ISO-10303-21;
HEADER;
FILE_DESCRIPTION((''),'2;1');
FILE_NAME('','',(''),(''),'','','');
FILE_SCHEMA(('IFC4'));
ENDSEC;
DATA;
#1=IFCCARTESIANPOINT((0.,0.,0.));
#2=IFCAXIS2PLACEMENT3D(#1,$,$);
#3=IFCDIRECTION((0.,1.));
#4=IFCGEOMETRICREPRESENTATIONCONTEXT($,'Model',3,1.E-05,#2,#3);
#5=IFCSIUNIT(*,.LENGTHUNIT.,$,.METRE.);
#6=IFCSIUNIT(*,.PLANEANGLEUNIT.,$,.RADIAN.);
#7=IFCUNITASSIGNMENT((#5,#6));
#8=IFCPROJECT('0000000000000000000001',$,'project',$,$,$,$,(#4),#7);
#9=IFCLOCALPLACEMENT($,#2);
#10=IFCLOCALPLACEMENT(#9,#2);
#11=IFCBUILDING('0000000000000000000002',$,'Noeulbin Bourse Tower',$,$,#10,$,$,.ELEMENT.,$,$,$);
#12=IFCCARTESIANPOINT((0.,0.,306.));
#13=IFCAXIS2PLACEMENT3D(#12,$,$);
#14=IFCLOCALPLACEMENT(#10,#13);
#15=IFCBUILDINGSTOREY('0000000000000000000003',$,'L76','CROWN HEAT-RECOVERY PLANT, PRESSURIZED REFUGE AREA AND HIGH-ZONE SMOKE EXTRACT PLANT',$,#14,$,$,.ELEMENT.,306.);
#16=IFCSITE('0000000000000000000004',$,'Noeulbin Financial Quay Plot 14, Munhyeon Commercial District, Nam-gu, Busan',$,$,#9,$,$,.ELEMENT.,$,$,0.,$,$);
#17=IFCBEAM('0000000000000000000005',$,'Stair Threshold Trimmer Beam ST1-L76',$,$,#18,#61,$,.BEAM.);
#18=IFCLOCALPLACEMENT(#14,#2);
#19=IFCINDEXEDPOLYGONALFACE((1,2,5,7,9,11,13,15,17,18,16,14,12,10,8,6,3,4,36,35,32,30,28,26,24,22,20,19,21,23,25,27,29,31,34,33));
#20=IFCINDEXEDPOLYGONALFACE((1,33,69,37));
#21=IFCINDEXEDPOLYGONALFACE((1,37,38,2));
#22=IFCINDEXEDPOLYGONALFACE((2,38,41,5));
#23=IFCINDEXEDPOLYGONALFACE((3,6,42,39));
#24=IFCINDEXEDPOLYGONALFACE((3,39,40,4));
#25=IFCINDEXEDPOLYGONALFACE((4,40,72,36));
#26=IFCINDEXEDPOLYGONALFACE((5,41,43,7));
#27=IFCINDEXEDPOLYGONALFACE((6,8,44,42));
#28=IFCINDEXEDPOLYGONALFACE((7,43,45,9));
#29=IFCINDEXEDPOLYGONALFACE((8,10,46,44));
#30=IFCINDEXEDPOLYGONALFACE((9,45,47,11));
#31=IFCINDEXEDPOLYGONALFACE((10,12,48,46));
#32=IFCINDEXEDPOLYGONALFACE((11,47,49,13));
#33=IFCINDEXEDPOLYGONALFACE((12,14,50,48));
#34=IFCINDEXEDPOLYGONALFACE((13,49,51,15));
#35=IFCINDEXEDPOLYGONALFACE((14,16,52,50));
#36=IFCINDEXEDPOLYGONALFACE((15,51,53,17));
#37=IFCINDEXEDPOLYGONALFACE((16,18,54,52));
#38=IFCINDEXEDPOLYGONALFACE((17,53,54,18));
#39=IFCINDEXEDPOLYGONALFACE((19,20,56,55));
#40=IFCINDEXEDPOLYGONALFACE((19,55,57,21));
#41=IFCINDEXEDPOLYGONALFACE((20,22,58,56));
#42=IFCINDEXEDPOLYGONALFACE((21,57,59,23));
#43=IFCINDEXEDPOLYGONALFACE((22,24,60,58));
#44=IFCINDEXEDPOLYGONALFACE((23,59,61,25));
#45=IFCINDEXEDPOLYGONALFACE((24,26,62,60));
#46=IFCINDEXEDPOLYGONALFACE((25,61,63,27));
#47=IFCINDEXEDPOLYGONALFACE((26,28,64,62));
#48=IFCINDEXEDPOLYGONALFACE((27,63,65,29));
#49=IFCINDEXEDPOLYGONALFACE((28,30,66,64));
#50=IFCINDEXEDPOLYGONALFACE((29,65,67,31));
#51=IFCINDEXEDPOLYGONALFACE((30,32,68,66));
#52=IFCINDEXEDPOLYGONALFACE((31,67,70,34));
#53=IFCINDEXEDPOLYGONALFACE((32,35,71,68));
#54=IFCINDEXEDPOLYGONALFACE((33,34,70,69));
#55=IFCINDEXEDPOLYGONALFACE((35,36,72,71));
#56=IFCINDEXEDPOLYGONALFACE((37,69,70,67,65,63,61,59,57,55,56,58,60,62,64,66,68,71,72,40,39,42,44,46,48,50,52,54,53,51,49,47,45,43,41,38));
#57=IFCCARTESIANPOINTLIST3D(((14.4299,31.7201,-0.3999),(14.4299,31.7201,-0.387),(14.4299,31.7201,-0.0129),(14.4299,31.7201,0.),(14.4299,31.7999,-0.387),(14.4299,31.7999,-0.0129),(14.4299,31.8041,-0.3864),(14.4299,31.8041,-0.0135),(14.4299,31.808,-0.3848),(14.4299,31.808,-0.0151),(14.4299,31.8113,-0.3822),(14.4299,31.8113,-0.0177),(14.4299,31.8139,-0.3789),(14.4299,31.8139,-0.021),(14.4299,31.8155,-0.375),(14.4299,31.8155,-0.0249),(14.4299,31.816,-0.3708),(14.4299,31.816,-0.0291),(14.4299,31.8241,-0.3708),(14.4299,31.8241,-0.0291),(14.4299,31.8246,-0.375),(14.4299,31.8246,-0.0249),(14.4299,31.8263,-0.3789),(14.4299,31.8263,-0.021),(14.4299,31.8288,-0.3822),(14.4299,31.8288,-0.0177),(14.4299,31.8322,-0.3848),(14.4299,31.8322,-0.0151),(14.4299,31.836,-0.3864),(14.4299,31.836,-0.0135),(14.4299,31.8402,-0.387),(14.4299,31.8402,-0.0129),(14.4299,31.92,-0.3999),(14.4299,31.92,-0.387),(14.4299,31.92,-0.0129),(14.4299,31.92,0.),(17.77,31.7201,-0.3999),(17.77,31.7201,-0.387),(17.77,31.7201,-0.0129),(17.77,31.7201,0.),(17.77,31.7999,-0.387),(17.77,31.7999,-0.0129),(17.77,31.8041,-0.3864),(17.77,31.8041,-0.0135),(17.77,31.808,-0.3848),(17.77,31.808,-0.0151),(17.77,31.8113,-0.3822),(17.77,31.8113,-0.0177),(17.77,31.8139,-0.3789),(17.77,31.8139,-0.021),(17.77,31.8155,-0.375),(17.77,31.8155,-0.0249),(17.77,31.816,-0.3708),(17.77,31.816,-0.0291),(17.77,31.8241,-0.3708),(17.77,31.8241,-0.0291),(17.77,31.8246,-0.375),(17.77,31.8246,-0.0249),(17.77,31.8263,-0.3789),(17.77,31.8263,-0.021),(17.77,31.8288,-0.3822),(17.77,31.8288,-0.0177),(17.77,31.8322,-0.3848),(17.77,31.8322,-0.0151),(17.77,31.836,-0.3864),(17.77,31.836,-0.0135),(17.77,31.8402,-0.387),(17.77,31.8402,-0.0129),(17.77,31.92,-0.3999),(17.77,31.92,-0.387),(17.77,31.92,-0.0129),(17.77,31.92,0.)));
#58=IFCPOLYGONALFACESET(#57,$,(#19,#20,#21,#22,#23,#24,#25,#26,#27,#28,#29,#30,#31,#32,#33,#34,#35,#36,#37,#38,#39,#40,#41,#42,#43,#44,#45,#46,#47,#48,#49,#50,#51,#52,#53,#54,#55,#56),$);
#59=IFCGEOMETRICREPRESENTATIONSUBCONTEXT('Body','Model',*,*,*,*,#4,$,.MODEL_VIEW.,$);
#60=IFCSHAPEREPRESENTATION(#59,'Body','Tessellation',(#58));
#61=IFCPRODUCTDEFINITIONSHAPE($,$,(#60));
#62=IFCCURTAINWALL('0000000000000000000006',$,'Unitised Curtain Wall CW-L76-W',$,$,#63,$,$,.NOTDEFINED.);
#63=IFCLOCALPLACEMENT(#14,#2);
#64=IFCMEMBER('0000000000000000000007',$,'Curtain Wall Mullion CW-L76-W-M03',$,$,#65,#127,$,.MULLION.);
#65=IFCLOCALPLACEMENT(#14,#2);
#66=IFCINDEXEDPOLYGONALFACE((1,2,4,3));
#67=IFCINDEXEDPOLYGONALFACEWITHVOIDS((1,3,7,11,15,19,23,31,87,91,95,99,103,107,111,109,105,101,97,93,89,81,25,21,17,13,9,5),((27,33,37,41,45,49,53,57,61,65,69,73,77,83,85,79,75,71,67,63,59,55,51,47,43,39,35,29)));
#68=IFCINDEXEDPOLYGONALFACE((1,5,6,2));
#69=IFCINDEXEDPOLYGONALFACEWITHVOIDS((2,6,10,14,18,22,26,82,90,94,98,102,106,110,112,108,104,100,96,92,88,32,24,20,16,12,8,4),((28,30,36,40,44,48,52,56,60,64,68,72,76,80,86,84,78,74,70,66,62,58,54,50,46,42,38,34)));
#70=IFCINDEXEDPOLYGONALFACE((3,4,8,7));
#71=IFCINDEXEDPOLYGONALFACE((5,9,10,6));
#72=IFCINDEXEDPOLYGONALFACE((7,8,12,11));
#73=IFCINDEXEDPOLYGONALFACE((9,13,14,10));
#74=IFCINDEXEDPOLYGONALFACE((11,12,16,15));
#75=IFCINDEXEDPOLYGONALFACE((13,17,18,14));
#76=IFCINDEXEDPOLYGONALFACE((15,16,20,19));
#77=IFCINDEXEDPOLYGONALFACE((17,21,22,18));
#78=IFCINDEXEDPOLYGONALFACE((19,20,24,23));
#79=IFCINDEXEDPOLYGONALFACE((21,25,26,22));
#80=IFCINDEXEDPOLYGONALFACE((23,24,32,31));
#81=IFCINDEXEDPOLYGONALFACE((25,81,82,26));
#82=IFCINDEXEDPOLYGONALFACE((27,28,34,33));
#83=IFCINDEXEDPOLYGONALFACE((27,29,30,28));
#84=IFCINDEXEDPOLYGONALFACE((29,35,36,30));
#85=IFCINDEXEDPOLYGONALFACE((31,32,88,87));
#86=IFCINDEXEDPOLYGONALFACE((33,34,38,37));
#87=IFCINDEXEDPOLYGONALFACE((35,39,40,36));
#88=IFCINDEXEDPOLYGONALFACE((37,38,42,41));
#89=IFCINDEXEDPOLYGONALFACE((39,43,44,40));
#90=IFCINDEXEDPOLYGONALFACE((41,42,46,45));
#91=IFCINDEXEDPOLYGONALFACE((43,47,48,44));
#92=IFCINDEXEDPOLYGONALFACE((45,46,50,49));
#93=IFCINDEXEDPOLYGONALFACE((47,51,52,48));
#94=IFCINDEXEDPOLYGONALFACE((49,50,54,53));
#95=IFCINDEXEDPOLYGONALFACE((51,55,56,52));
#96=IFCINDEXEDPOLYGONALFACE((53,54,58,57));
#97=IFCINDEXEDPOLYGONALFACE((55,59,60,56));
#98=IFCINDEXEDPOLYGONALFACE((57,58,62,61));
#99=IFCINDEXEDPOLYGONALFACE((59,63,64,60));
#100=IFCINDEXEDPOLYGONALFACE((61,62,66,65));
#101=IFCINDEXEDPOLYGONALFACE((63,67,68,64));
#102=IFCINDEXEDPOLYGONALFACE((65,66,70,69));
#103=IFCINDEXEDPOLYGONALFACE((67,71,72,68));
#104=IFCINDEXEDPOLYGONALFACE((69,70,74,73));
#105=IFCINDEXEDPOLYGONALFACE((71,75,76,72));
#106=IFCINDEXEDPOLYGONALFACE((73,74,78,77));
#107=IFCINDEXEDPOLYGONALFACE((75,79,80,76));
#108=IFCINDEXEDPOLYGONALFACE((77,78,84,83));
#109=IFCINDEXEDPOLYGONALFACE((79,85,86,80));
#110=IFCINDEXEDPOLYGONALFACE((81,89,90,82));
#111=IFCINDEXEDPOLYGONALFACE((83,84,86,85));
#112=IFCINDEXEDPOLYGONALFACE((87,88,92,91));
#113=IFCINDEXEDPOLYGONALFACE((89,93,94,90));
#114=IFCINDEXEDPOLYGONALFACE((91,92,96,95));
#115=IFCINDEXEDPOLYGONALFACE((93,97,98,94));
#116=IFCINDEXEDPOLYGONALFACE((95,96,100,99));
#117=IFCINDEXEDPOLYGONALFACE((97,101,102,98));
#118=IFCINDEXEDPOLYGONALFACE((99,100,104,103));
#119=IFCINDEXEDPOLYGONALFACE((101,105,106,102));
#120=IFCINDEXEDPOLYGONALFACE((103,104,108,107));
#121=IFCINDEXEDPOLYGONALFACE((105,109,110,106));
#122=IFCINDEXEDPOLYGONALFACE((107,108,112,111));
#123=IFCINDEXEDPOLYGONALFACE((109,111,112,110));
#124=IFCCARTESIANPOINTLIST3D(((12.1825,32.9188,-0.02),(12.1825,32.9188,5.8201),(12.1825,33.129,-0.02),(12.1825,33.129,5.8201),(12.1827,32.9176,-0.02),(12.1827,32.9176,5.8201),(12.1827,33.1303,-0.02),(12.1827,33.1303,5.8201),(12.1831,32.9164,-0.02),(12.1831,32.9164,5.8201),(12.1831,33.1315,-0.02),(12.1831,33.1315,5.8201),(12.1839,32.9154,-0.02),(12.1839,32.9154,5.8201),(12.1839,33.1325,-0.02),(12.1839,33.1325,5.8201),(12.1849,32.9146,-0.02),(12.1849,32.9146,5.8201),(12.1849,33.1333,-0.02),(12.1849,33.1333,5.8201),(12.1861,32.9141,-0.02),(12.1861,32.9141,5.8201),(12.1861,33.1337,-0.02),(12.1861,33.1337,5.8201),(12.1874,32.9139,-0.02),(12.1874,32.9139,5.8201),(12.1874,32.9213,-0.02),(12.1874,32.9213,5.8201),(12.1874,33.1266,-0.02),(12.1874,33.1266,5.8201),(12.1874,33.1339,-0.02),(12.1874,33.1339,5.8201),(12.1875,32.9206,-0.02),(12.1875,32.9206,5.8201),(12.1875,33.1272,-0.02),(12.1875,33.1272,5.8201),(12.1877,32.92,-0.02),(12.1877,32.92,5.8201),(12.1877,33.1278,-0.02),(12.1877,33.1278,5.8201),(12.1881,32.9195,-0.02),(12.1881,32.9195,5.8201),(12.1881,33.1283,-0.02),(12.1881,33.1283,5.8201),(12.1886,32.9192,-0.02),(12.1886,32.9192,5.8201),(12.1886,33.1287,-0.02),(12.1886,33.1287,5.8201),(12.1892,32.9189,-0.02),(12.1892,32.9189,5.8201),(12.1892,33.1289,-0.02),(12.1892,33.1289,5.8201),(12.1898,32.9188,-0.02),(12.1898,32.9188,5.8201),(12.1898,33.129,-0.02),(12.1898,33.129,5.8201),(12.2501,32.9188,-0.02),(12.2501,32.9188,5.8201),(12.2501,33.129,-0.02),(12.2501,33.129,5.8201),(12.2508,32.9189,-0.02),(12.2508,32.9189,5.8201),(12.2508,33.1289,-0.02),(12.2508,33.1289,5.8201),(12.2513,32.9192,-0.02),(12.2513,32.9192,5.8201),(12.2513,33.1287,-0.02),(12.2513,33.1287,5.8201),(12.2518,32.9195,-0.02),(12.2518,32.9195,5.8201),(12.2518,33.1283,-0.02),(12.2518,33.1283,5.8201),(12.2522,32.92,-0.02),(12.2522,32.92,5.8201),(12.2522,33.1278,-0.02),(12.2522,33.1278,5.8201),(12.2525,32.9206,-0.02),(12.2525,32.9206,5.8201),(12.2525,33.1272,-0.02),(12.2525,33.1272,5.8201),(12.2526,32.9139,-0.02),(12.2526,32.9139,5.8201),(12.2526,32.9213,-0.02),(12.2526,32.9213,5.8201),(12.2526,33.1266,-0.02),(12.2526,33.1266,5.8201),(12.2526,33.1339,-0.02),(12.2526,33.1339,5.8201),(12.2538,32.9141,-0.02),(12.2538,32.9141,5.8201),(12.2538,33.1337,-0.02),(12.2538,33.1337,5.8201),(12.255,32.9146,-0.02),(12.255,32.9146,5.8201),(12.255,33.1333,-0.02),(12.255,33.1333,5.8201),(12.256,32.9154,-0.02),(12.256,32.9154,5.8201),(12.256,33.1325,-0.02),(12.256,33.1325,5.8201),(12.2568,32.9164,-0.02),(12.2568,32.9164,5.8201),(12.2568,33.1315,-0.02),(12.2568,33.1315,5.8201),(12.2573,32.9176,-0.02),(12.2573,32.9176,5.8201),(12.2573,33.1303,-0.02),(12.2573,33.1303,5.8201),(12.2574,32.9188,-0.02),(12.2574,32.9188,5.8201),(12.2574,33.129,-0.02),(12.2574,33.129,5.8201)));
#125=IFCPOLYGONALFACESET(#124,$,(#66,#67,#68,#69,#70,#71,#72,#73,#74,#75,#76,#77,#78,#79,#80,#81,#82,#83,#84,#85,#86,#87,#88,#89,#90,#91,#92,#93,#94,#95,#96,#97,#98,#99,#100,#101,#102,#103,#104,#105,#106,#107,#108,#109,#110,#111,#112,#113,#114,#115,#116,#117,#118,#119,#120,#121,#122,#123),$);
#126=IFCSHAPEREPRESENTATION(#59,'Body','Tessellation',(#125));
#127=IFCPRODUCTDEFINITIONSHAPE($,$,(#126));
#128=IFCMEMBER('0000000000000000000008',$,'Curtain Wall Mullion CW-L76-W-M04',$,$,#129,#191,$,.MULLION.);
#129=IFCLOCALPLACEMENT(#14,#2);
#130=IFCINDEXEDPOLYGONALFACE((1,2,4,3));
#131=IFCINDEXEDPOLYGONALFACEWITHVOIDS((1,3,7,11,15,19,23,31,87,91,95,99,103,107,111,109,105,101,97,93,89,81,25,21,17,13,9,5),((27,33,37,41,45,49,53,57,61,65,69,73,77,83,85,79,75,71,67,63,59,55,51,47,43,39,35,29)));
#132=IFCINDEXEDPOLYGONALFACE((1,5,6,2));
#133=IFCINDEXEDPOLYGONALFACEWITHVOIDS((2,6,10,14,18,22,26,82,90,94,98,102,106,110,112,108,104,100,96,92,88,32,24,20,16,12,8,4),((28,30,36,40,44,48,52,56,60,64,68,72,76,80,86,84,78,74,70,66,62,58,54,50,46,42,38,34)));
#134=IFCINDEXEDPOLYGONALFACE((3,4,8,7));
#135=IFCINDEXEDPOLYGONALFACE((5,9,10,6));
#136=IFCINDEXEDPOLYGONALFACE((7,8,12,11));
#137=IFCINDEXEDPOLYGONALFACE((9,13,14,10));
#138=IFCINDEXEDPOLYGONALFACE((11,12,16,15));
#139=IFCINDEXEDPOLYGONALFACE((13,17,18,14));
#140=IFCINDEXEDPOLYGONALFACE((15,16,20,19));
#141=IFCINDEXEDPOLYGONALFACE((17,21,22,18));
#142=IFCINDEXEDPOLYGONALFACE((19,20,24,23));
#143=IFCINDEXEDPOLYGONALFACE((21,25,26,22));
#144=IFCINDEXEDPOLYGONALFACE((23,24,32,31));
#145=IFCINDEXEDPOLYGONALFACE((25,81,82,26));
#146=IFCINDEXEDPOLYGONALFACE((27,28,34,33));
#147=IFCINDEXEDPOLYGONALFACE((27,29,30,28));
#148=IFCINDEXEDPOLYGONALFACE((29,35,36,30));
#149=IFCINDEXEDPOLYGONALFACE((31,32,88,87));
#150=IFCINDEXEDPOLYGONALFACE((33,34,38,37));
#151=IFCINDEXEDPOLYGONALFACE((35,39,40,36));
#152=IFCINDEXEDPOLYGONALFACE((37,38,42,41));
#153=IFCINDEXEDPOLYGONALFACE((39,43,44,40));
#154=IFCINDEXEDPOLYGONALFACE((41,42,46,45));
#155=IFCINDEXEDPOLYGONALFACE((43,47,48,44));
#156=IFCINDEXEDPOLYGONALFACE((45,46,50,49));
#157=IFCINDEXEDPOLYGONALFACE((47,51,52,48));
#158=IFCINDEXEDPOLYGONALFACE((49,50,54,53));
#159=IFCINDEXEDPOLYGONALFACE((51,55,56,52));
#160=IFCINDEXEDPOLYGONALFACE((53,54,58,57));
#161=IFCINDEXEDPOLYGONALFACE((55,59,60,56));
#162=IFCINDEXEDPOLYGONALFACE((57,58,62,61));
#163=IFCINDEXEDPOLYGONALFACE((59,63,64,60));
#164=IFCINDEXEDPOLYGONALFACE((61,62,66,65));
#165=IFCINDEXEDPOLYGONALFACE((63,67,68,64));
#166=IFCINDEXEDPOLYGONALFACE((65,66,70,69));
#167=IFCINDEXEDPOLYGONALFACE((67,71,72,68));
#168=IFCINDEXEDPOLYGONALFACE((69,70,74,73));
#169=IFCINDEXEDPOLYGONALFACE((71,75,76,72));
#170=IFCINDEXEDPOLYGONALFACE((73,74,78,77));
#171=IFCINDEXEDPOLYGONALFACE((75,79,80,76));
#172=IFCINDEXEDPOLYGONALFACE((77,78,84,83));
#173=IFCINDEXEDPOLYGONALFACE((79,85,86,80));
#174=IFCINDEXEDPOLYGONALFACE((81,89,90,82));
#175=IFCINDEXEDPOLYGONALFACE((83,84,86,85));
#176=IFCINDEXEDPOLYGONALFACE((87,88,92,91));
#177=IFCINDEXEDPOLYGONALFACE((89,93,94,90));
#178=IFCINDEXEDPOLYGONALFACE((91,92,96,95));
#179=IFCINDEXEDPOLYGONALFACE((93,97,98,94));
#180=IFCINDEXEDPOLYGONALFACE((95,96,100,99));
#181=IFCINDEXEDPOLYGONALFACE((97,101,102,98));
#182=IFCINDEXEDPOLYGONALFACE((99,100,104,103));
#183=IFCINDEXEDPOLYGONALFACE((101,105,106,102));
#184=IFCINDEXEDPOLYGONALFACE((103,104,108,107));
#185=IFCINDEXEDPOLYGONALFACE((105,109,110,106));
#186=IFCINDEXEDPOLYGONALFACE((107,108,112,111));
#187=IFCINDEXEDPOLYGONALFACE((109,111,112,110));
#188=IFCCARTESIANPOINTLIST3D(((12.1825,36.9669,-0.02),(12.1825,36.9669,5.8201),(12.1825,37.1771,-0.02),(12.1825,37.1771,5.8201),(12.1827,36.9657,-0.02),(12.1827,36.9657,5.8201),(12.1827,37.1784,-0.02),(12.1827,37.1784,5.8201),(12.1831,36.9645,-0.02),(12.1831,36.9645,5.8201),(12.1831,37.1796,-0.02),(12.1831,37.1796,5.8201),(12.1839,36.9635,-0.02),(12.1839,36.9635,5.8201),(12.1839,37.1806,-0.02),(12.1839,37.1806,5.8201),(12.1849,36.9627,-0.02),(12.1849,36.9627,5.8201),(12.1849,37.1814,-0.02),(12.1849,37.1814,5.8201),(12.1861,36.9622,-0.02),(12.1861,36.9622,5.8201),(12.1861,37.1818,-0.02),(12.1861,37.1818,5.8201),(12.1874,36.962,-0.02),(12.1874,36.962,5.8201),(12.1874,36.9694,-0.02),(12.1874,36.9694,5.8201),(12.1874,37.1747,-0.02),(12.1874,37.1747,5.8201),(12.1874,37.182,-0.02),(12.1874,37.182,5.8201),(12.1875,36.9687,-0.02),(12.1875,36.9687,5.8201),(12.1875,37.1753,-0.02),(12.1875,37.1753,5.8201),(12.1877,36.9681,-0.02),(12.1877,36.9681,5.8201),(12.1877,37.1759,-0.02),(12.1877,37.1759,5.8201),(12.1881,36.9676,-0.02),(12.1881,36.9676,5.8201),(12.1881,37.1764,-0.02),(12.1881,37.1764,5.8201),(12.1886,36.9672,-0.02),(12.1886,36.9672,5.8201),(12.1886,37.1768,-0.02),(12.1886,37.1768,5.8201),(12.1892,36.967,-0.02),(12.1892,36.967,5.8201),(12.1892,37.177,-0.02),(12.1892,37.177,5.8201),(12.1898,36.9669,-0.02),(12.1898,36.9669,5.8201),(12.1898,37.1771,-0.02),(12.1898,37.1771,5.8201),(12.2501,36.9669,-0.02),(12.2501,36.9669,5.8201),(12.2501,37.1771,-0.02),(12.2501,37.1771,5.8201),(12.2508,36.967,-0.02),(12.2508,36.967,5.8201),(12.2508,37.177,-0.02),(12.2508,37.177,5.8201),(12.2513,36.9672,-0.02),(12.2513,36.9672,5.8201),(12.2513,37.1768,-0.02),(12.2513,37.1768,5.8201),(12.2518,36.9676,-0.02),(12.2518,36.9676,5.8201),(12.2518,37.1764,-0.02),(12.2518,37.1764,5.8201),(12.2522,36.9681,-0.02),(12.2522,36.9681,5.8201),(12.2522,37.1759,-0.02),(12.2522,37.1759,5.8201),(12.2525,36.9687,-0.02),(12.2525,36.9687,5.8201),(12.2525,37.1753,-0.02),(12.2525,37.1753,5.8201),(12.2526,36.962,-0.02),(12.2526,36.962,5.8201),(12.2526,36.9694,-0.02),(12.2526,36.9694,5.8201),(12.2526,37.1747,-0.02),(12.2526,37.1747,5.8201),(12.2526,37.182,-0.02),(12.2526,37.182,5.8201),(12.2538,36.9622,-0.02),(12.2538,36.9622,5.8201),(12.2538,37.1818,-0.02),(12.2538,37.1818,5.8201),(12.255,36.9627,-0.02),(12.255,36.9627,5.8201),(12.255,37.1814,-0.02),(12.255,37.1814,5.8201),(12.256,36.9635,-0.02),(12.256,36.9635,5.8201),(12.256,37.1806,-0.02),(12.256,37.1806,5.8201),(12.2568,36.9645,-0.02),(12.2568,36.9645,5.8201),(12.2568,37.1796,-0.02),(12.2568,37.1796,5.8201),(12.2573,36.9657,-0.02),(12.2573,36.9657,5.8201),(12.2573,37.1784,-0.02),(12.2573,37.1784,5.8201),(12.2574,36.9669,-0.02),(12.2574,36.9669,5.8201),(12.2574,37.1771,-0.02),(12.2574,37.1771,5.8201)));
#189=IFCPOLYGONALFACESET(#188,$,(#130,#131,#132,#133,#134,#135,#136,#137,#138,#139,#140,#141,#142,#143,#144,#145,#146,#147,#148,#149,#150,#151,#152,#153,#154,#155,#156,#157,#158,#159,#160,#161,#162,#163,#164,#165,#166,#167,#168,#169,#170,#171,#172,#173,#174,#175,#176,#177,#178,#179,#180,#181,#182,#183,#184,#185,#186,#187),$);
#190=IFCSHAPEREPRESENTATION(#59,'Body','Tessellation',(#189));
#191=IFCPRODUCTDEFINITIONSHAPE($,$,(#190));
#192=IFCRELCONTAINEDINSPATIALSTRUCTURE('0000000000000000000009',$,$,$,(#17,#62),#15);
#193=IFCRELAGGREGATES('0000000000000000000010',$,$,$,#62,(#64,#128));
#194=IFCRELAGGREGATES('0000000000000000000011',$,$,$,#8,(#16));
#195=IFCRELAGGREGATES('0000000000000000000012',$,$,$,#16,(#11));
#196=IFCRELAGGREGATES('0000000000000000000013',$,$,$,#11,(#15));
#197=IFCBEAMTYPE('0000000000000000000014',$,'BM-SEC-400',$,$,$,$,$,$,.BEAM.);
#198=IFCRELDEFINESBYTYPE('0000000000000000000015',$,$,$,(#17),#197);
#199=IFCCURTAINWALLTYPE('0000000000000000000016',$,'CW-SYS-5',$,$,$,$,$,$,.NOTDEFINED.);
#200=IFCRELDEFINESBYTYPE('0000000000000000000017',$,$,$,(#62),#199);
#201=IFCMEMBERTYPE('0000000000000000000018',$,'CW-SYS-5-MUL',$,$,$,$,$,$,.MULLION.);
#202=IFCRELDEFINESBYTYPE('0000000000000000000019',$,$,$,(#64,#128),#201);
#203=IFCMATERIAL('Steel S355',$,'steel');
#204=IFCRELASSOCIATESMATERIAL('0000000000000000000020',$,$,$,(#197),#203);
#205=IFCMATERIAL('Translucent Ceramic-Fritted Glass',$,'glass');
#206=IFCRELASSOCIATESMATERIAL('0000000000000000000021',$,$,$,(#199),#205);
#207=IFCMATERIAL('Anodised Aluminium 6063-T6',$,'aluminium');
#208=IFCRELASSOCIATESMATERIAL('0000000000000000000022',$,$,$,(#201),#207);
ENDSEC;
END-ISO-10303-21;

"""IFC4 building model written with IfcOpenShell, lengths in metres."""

from ifc_helpers import new_model, si_unit, direction, frame, origin, origin_2d, place, context, subcontext, project, spatial, hollow_rectangle, i_section, extrude, material, material_profile, profile_set, type_object, element, aggregate, save


model = new_model("IFC4")

# Units and contexts
model_context = context("Model", 3, precision=1e-05, world=origin(), true_north=direction((0.0, 1.0)))
body_context = subcontext(model_context, "Body", "Model", "MODEL_VIEW")
ifc_project = project(units=[si_unit("LENGTHUNIT", "METRE"), si_unit("PLANEANGLEUNIT", "RADIAN")], contexts=[model_context])

# Site, building, storey
site_placement = place(None, origin())
site = spatial("IfcSite", under=ifc_project, at=site_placement, Name="Noeulbin Financial Quay Plot 14, Munhyeon Commercial District, Nam-gu, Busan", CompositionType="ELEMENT", RefElevation=0.0)
building_placement = place(site_placement, origin())
building = spatial("IfcBuilding", under=site, at=building_placement, Name="Noeulbin Bourse Tower", CompositionType="ELEMENT")
storey_placement = place(building_placement, frame((0.0, 0.0, 306.0)))
storey = spatial("IfcBuildingStorey", under=building, at=storey_placement, Name="L76", Description="CROWN HEAT-RECOVERY PLANT, PRESSURIZED REFUGE AREA AND HIGH-ZONE SMOKE EXTRACT PLANT", CompositionType="ELEMENT", Elevation=306.0)

# Beam
ifc_material_1 = material(Name="Steel S355", Category="steel")
ifc_material_profile_1 = material_profile(ifc_material_1, i_section(OverallWidth=0.2, OverallDepth=0.3999, WebThickness=0.0081, FlangeThickness=0.0129, FilletRadius=0.0161, at=origin_2d()), Name="H-400x200x8x13", Category="LoadBearing")
ifc_profile_set_1 = profile_set([ifc_material_profile_1], Name="Steel S355")
beam_type = type_object("IfcBeamType", Name="BM-SEC-400", PredefinedType="BEAM", material=ifc_profile_set_1)
beam_placement = place(storey_placement, frame((14.4299, 31.8201, -0.2), z_axis=(1.0, 0.0, 0.0), x_axis=(0.0, 1.0, 0.0)))
element("IfcBeam", 1, at=beam_placement, inside=storey, type_object=beam_type, Name="Stair Threshold Trimmer Beam ST1-L76", PredefinedType="BEAM", context=body_context, shape_type="SweptSolid", body=[
    extrude(i_section(OverallWidth=0.2, OverallDepth=0.3999, WebThickness=0.0081, FlangeThickness=0.0129, FilletRadius=0.0161, at=origin_2d()), origin(), (0.0, 0.0, 1.0), 3.3401),
])

# Curtain wall, members
ifc_material_2 = material(Name="Translucent Ceramic-Fritted Glass", Category="glass")
curtain_wall_type = type_object("IfcCurtainWallType", Name="CW-SYS-5", PredefinedType="NOTDEFINED", material=ifc_material_2)
curtain_wall_placement = place(storey_placement, origin())
curtain_wall = element("IfcCurtainWall", 2, at=curtain_wall_placement, inside=storey, type_object=curtain_wall_type, Name="Unitised Curtain Wall CW-L76-W", PredefinedType="NOTDEFINED")
ifc_material_3 = material(Name="Anodised Aluminium 6063-T6", Category="aluminium")
ifc_material_profile_2 = material_profile(ifc_material_3, hollow_rectangle(XDim=0.075, YDim=0.22, WallThickness=0.0049, InnerFilletRadius=0.0024, OuterFilletRadius=0.0049, at=origin_2d()), Name="ALU-MULL-75x220x5", Category="LoadBearing")
ifc_profile_set_2 = profile_set([ifc_material_profile_2], Name="Anodised Aluminium 6063-T6")
member_type = type_object("IfcMemberType", Name="CW-SYS-5-MUL", PredefinedType="MULLION", material=ifc_profile_set_2)
member_1_placement = place(storey_placement, frame((12.22, 33.0239, -0.02), z_axis=(0.0, 0.0, 1.0), x_axis=(1.0, 0.0, 0.0)))
member_1 = element("IfcMember", 3, at=member_1_placement, type_object=member_type, Name="Curtain Wall Mullion CW-L76-W-M03", PredefinedType="MULLION", context=body_context, shape_type="SweptSolid", body=[
    extrude(hollow_rectangle(XDim=0.075, YDim=0.22, WallThickness=0.0049, InnerFilletRadius=0.0024, OuterFilletRadius=0.0049, at=origin_2d()), origin(), (0.0, 0.0, 1.0), 5.8401),
])
member_2_placement = place(storey_placement, frame((12.22, 37.072, -0.02), z_axis=(0.0, 0.0, 1.0), x_axis=(1.0, 0.0, 0.0)))
member_2 = element("IfcMember", 4, at=member_2_placement, type_object=member_type, Name="Curtain Wall Mullion CW-L76-W-M04", PredefinedType="MULLION", context=body_context, shape_type="SweptSolid", body=[
    extrude(hollow_rectangle(XDim=0.075, YDim=0.22, WallThickness=0.0049, InnerFilletRadius=0.0024, OuterFilletRadius=0.0049, at=origin_2d()), origin(), (0.0, 0.0, 1.0), 5.8401),
])
aggregate(curtain_wall, [member_1, member_2])

save(model, "model.ifc")
